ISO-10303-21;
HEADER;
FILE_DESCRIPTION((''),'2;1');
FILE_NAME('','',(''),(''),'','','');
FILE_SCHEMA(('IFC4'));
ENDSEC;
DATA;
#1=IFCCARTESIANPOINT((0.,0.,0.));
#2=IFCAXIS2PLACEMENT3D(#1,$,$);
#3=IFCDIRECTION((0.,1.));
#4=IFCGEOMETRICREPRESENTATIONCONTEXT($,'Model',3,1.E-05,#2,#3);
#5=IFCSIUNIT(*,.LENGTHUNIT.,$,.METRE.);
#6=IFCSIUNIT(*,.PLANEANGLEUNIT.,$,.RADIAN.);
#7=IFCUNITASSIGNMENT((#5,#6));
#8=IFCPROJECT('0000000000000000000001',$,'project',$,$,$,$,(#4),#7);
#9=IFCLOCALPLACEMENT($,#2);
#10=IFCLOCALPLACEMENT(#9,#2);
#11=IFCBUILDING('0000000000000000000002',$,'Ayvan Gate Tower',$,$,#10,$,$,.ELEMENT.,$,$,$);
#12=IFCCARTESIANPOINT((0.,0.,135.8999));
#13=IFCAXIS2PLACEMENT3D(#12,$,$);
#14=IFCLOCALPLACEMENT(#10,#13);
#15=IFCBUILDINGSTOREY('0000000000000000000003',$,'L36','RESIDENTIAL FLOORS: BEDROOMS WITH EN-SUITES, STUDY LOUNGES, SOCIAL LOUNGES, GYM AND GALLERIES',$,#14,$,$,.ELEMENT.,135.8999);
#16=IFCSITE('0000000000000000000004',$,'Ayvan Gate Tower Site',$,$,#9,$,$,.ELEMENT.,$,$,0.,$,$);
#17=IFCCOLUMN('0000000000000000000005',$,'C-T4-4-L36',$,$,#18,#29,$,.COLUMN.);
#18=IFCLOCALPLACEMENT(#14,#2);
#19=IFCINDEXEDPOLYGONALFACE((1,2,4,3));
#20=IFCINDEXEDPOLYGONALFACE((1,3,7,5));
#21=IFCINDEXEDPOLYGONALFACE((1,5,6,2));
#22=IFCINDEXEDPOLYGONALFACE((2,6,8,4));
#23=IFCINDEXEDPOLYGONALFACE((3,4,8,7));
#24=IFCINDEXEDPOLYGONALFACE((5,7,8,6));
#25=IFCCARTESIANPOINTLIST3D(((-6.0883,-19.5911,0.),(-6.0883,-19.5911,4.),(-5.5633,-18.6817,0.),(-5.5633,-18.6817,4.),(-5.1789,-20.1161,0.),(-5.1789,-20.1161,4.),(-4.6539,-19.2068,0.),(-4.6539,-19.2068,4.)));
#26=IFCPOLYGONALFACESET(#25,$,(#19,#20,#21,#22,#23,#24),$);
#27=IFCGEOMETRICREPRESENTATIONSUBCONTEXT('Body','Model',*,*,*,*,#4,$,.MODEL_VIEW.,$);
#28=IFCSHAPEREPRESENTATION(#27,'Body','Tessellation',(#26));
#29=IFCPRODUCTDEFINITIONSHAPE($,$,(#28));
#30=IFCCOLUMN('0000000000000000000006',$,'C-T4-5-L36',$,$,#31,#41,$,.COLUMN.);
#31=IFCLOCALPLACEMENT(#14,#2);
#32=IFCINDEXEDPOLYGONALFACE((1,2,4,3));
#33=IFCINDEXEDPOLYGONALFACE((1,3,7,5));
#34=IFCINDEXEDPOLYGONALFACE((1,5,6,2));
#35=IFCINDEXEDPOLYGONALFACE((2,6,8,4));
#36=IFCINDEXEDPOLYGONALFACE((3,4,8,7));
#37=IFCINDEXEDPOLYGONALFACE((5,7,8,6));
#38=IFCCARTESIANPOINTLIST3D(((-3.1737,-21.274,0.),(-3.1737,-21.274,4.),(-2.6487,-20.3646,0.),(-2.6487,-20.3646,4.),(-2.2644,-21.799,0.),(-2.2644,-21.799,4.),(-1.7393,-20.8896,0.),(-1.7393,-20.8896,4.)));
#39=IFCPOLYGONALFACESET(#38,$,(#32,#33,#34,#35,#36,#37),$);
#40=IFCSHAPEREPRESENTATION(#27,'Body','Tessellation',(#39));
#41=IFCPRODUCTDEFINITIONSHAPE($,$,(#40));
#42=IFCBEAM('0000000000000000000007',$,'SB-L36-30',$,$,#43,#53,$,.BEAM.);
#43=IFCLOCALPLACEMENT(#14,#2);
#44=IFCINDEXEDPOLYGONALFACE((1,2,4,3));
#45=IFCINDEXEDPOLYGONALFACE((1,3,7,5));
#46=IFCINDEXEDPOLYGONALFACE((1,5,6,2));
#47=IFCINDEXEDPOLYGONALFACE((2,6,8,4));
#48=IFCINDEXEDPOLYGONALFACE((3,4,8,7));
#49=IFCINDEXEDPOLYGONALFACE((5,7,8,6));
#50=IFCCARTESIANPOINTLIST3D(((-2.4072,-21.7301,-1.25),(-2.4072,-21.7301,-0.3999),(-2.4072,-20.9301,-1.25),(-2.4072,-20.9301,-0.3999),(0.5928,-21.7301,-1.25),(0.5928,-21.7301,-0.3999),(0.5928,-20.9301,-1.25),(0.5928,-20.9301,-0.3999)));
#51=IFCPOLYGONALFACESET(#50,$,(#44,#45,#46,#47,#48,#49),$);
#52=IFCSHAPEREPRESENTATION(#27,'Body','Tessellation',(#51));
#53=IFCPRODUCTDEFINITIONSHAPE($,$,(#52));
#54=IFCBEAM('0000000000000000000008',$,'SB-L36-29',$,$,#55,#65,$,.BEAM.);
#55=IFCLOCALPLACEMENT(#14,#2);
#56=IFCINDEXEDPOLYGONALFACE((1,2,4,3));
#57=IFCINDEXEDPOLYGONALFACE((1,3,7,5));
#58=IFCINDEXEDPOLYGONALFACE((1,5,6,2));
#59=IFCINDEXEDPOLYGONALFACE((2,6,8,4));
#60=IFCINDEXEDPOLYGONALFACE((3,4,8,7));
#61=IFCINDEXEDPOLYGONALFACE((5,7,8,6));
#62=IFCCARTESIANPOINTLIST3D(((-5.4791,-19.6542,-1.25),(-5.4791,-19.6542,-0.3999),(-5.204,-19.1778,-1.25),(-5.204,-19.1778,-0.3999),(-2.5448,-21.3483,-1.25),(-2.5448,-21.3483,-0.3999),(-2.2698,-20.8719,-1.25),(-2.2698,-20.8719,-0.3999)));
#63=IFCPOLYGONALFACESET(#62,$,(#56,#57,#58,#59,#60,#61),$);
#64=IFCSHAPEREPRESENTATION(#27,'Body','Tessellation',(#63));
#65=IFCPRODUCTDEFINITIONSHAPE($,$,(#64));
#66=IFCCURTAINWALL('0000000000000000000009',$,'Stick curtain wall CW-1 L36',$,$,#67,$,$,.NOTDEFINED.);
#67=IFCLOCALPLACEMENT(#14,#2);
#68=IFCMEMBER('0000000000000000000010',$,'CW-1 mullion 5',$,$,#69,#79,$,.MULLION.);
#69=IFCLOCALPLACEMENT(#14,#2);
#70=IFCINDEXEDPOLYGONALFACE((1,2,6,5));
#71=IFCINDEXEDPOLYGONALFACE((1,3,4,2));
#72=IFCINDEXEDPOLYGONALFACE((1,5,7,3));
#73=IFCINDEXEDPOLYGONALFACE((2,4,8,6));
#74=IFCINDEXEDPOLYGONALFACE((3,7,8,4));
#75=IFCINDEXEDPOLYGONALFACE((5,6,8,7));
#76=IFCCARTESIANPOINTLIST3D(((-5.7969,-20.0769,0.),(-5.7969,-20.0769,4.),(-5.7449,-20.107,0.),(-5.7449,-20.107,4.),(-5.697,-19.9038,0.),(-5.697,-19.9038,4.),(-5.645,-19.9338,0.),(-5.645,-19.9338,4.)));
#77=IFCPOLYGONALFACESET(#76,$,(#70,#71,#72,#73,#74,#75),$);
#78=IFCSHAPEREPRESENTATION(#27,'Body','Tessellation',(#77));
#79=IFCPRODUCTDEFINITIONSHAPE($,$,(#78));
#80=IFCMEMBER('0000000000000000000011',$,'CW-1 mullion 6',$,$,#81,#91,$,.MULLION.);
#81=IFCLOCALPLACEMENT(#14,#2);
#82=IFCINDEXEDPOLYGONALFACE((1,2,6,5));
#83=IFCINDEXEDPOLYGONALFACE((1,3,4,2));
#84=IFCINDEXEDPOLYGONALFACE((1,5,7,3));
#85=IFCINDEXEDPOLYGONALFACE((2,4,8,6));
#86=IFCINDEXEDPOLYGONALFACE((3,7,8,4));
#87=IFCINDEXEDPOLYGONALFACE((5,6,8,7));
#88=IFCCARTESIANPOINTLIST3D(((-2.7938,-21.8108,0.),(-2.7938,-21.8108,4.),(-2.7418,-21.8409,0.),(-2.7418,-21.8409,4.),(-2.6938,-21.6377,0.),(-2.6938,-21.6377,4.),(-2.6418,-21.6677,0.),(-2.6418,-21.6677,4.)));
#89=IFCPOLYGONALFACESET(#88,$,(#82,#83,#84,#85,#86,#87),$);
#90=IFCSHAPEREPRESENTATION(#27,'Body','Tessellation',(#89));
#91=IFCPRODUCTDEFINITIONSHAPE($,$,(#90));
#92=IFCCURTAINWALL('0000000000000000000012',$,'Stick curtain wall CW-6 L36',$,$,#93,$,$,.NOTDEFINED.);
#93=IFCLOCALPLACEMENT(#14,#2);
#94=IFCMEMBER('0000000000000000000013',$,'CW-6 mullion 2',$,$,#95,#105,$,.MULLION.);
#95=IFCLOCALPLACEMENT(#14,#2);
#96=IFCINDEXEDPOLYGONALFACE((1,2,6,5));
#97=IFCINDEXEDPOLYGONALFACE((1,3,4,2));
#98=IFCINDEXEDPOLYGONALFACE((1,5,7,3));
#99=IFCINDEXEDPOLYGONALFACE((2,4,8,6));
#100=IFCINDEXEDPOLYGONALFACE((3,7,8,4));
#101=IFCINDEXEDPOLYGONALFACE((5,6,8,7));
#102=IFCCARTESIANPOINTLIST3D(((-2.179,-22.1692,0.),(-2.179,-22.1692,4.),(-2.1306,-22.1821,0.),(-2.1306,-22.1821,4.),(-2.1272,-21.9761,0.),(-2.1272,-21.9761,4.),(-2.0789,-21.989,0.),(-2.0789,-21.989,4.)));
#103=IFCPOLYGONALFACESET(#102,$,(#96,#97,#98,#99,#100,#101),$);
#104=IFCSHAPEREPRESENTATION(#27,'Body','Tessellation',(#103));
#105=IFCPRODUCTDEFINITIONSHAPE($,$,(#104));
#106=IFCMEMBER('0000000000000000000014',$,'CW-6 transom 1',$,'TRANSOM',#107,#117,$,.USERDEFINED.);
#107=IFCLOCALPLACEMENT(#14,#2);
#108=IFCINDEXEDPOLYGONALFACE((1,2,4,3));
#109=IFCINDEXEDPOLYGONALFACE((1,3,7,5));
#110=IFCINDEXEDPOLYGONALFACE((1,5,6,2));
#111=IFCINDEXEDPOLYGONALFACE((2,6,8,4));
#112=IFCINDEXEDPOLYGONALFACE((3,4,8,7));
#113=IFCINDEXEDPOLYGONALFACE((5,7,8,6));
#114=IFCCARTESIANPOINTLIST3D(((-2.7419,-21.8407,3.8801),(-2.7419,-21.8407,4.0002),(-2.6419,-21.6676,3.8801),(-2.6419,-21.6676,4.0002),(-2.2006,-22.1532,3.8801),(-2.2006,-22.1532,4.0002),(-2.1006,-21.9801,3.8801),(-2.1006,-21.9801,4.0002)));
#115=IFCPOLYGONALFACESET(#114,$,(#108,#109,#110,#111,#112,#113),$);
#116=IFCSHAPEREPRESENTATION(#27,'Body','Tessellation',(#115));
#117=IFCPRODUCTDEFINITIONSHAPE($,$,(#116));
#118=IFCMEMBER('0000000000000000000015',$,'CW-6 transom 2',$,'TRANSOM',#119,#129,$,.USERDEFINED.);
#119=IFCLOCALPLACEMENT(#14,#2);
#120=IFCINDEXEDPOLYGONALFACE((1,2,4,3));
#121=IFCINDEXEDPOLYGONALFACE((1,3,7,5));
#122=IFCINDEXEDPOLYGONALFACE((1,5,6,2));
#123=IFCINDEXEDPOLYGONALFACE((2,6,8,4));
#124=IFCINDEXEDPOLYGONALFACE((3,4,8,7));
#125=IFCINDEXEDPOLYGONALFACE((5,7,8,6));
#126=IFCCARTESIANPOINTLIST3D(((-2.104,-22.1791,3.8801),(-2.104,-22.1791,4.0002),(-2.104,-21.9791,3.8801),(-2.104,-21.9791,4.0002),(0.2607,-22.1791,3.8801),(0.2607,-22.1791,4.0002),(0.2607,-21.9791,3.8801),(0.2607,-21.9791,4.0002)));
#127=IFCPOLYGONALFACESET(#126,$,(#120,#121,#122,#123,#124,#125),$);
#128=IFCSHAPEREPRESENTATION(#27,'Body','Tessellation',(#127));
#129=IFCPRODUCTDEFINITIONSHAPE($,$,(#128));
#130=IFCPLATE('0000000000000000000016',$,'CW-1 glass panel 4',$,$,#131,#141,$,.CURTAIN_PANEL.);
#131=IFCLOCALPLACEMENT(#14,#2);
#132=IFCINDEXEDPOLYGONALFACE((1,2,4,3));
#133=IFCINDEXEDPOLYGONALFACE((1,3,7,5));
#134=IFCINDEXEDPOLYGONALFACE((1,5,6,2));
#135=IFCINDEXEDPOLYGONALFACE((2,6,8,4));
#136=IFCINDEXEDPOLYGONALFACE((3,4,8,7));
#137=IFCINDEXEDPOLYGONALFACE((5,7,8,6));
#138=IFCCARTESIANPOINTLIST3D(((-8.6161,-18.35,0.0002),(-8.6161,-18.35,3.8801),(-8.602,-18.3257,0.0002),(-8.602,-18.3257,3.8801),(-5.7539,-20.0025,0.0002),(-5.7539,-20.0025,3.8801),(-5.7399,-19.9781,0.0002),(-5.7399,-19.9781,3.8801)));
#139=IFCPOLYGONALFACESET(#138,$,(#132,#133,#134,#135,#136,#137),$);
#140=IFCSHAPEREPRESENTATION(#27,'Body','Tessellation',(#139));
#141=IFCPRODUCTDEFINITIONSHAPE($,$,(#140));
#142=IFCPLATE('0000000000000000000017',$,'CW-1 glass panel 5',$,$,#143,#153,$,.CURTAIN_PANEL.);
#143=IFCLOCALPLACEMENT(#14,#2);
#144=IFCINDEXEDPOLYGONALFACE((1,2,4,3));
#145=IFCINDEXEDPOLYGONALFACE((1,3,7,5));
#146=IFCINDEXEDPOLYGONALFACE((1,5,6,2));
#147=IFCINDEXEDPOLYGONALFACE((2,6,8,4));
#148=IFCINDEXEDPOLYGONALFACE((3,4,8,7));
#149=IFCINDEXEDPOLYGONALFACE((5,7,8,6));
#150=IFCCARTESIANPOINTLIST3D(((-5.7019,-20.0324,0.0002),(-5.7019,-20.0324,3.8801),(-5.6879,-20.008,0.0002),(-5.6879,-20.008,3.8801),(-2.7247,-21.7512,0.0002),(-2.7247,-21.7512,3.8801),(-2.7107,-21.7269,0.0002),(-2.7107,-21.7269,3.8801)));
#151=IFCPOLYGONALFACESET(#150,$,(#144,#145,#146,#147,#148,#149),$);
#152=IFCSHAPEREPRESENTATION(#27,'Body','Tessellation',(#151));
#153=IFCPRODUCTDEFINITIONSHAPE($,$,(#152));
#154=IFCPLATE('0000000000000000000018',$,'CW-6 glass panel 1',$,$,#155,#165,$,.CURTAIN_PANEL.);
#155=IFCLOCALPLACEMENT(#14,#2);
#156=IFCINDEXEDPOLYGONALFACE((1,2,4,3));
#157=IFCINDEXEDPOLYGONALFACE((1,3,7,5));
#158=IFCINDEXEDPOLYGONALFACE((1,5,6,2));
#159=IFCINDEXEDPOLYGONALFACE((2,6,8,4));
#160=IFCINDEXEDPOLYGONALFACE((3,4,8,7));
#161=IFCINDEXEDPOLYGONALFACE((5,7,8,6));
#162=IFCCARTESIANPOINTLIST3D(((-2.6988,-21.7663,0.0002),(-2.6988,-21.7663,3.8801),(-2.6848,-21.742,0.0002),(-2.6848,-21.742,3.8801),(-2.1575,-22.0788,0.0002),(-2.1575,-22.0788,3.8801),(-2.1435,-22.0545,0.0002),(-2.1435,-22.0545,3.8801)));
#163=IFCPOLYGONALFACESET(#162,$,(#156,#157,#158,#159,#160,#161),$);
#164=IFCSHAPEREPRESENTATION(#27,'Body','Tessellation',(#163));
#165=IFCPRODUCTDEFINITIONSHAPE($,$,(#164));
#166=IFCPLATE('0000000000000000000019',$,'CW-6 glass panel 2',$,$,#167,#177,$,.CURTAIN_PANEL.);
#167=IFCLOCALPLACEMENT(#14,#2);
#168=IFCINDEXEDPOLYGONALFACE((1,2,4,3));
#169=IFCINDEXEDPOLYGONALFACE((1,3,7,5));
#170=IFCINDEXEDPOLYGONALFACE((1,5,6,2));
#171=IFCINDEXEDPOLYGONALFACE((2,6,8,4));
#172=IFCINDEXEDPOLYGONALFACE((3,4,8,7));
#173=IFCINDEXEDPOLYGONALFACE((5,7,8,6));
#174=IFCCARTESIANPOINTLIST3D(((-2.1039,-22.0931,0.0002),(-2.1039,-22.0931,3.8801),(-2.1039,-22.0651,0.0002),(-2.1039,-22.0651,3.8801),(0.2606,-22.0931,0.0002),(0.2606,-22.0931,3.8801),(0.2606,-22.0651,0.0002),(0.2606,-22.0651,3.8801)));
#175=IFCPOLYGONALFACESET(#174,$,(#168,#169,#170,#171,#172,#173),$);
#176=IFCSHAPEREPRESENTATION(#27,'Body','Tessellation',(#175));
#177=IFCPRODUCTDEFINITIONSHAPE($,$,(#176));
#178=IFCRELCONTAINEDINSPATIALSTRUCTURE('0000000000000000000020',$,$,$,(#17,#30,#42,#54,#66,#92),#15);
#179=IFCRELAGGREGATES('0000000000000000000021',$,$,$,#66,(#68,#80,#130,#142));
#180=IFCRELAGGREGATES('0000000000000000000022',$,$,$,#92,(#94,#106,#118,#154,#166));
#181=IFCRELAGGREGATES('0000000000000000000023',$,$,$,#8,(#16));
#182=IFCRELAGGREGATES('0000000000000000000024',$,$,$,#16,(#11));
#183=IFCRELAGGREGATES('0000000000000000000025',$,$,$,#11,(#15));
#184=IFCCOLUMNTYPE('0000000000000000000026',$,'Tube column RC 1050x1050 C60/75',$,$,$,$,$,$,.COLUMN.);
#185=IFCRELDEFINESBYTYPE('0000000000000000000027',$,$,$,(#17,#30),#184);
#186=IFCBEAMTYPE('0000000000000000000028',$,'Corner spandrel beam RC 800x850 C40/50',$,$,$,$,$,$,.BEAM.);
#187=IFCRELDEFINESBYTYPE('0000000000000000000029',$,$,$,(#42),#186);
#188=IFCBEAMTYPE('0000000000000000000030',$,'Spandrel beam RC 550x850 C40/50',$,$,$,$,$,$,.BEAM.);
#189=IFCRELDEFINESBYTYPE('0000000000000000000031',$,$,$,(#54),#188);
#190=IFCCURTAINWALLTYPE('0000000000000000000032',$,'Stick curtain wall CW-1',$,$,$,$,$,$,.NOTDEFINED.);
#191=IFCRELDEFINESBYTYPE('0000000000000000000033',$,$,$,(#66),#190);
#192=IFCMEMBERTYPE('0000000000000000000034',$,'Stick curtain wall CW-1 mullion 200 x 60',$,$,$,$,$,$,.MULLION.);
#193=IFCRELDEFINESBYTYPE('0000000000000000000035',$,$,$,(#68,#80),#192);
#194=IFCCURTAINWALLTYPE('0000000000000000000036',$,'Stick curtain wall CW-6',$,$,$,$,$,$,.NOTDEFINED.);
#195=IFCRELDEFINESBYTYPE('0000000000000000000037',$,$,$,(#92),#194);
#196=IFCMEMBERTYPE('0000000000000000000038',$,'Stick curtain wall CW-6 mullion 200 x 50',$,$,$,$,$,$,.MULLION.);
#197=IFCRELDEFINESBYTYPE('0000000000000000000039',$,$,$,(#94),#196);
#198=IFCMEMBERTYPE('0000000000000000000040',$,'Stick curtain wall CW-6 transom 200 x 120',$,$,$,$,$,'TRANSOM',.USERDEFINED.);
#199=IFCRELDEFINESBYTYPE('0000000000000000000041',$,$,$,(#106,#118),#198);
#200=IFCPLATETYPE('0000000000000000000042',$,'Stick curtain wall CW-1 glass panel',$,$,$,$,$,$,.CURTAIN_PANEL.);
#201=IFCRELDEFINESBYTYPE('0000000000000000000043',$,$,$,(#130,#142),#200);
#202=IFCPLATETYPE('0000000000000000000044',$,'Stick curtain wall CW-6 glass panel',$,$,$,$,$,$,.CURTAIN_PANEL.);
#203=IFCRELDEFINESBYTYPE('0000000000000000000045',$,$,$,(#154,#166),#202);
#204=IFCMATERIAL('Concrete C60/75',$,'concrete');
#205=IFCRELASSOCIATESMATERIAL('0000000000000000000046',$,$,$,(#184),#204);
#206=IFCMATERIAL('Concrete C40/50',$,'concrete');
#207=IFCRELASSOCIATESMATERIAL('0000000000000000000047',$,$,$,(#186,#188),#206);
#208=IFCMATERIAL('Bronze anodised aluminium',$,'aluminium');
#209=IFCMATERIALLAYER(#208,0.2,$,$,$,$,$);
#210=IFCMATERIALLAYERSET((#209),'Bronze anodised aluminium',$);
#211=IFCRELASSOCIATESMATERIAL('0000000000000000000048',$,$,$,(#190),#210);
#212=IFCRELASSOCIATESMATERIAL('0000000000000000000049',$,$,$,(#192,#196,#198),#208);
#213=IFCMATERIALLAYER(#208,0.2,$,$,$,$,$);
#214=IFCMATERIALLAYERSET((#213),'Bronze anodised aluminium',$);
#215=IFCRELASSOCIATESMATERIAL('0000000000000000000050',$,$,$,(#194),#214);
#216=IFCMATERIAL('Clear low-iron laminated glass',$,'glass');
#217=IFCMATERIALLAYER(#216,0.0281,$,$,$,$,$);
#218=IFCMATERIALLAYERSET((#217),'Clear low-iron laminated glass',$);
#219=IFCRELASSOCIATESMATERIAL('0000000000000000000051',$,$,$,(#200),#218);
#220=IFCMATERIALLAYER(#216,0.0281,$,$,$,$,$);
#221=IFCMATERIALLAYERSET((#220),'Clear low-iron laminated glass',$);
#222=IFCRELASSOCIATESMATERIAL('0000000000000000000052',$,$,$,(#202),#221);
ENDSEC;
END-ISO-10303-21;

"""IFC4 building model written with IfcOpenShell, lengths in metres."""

from ifc_helpers import new_model, si_unit, direction, frame, origin, origin_2d, place, context, subcontext, project, spatial, rectangle, extrude, material, layer, layer_set, material_profile, profile_set, type_object, element, aggregate, save


model = new_model("IFC4")

# Units and contexts
model_context = context("Model", 3, precision=1e-05, world=origin(), true_north=direction((0.0, 1.0)))
body_context = subcontext(model_context, "Body", "Model", "MODEL_VIEW")
ifc_project = project(units=[si_unit("LENGTHUNIT", "METRE"), si_unit("PLANEANGLEUNIT", "RADIAN")], contexts=[model_context])

# Site, building, storey
site_placement = place(None, origin())
site = spatial("IfcSite", under=ifc_project, at=site_placement, Name="Ayvan Gate Tower Site", CompositionType="ELEMENT", RefElevation=0.0)
building_placement = place(site_placement, origin())
building = spatial("IfcBuilding", under=site, at=building_placement, Name="Ayvan Gate Tower", CompositionType="ELEMENT")
storey_placement = place(building_placement, frame((0.0, 0.0, 135.8999)))
storey = spatial("IfcBuildingStorey", under=building, at=storey_placement, Name="L36", Description="RESIDENTIAL FLOORS: BEDROOMS WITH EN-SUITES, STUDY LOUNGES, SOCIAL LOUNGES, GYM AND GALLERIES", CompositionType="ELEMENT", Elevation=135.8999)

# Columns
ifc_material_1 = material(Name="Concrete C60/75", Category="concrete")
ifc_material_profile_1 = material_profile(ifc_material_1, rectangle(XDim=1.05, YDim=1.05, at=origin_2d()), Name="RC 1050x1050")
ifc_profile_set_1 = profile_set([ifc_material_profile_1], Name="Concrete C60/75")
column_type = type_object("IfcColumnType", Name="Tube column RC 1050x1050 C60/75", PredefinedType="COLUMN", material=ifc_profile_set_1)
for number, where, z_axis, x_axis, name in (
    (1, (-5.3711, -19.3989, 0.0), (0.0, 0.0, 1.0), (-0.5, -0.866025, 0.0), "C-T4-4-L36"),
    (2, (-2.4565, -21.0818, 0.0), (0.0, 0.0, 1.0), (-0.5, -0.866025, 0.0), "C-T4-5-L36"),
):
    element("IfcColumn", number, at=place(storey_placement, frame(where, z_axis=z_axis, x_axis=x_axis)), inside=storey, type_object=column_type, Name=name, PredefinedType="COLUMN", context=body_context, shape_type="SweptSolid", body=[
        extrude(rectangle(XDim=1.05, YDim=1.05, at=origin_2d()), origin(), (0.0, 0.0, 1.0), 4.0),
    ])

# Beams
ifc_material_2 = material(Name="Concrete C40/50", Category="concrete")
ifc_material_profile_2 = material_profile(ifc_material_2, rectangle(XDim=0.8, YDim=0.8501, at=origin_2d()), Name="RC 800x850")
ifc_profile_set_2 = profile_set([ifc_material_profile_2], Name="Concrete C40/50")
beam_type_1 = type_object("IfcBeamType", Name="Corner spandrel beam RC 800x850 C40/50", PredefinedType="BEAM", material=ifc_profile_set_2)
beam_1_placement = place(storey_placement, frame((-2.4072, -21.3301, -0.825), z_axis=(1.0, 0.0, 0.0), x_axis=(0.0, 1.0, 0.0)))
element("IfcBeam", 3, at=beam_1_placement, inside=storey, type_object=beam_type_1, Name="SB-L36-30", PredefinedType="BEAM", context=body_context, shape_type="SweptSolid", body=[
    extrude(rectangle(XDim=0.8, YDim=0.8501, at=origin_2d()), origin(), (0.0, 0.0, 1.0), 3.0),
])
ifc_material_profile_3 = material_profile(ifc_material_2, rectangle(XDim=0.55, YDim=0.8501, at=origin_2d()), Name="RC 550x850")
ifc_profile_set_3 = profile_set([ifc_material_profile_3], Name="Concrete C40/50")
beam_type_2 = type_object("IfcBeamType", Name="Spandrel beam RC 550x850 C40/50", PredefinedType="BEAM", material=ifc_profile_set_3)
beam_2_placement = place(storey_placement, frame((-5.3416, -19.416, -0.825), z_axis=(0.866031, -0.499991, 0.0), x_axis=(0.499991, 0.866031, 0.0)))
element("IfcBeam", 4, at=beam_2_placement, inside=storey, type_object=beam_type_2, Name="SB-L36-29", PredefinedType="BEAM", context=body_context, shape_type="SweptSolid", body=[
    extrude(rectangle(XDim=0.55, YDim=0.8501, at=origin_2d()), origin(), (0.0, 0.0, 1.0), 3.3882),
])

# Curtain walls, members
ifc_material_3 = material(Name="Bronze anodised aluminium", Category="aluminium")
ifc_layer_1 = layer(ifc_material_3, 0.2)
ifc_layer_set_1 = layer_set([ifc_layer_1], Name="Bronze anodised aluminium")
curtain_wall_type_1 = type_object("IfcCurtainWallType", Name="Stick curtain wall CW-1", PredefinedType="NOTDEFINED", material=ifc_layer_set_1)
curtain_wall_1_placement = place(storey_placement, origin())
curtain_wall_1 = element("IfcCurtainWall", 5, at=curtain_wall_1_placement, inside=storey, type_object=curtain_wall_type_1, Name="Stick curtain wall CW-1 L36", PredefinedType="NOTDEFINED")
ifc_material_profile_4 = material_profile(ifc_material_3, rectangle(XDim=0.2, YDim=0.0601, at=origin_2d()), Name="Stick curtain wall CW-1 mullion 200 x 60")
ifc_profile_set_4 = profile_set([ifc_material_profile_4], Name="Bronze anodised aluminium")
member_type_1 = type_object("IfcMemberType", Name="Stick curtain wall CW-1 mullion 200 x 60", PredefinedType="MULLION", material=ifc_profile_set_4)
member_1_placement = place(storey_placement, frame((-5.7209, -20.0054, 0.0), z_axis=(0.0, 0.0, 1.0), x_axis=(-0.5, -0.866025, 0.0)))
member_1 = element("IfcMember", 6, at=member_1_placement, type_object=member_type_1, Name="CW-1 mullion 5", PredefinedType="MULLION", context=body_context, shape_type="SweptSolid", body=[
    extrude(rectangle(XDim=0.2, YDim=0.0601, at=origin_2d()), origin(), (0.0, 0.0, 1.0), 4.0),
])
member_2_placement = place(storey_placement, frame((-2.7178, -21.7393, 0.0), z_axis=(0.0, 0.0, 1.0), x_axis=(-0.5, -0.866025, 0.0)))
member_2 = element("IfcMember", 7, at=member_2_placement, type_object=member_type_1, Name="CW-1 mullion 6", PredefinedType="MULLION", context=body_context, shape_type="SweptSolid", body=[
    extrude(rectangle(XDim=0.2, YDim=0.0601, at=origin_2d()), origin(), (0.0, 0.0, 1.0), 4.0),
])
ifc_layer_2 = layer(ifc_material_3, 0.2)
ifc_layer_set_2 = layer_set([ifc_layer_2], Name="Bronze anodised aluminium")
curtain_wall_type_2 = type_object("IfcCurtainWallType", Name="Stick curtain wall CW-6", PredefinedType="NOTDEFINED", material=ifc_layer_set_2)
curtain_wall_2_placement = place(storey_placement, origin())
curtain_wall_2 = element("IfcCurtainWall", 8, at=curtain_wall_2_placement, inside=storey, type_object=curtain_wall_type_2, Name="Stick curtain wall CW-6 L36", PredefinedType="NOTDEFINED")
ifc_material_profile_5 = material_profile(ifc_material_3, rectangle(XDim=0.2, YDim=0.05, at=origin_2d()), Name="Stick curtain wall CW-6 mullion 200 x 50")
ifc_profile_set_5 = profile_set([ifc_material_profile_5], Name="Bronze anodised aluminium")
member_type_2 = type_object("IfcMemberType", Name="Stick curtain wall CW-6 mullion 200 x 50", PredefinedType="MULLION", material=ifc_profile_set_5)
member_3_placement = place(storey_placement, frame((-2.1289, -22.0791, 0.0), z_axis=(0.0, 0.0, 1.0), x_axis=(-0.258819, -0.965926, 0.0)))
member_3 = element("IfcMember", 9, at=member_3_placement, type_object=member_type_2, Name="CW-6 mullion 2", PredefinedType="MULLION", context=body_context, shape_type="SweptSolid", body=[
    extrude(rectangle(XDim=0.2, YDim=0.05, at=origin_2d()), origin(), (0.0, 0.0, 1.0), 4.0),
])
ifc_material_profile_6 = material_profile(ifc_material_3, rectangle(XDim=0.2, YDim=0.1201, at=origin_2d()), Name="Stick curtain wall CW-6 transom 200 x 120")
ifc_profile_set_6 = profile_set([ifc_material_profile_6], Name="Bronze anodised aluminium")
member_type_3 = type_object("IfcMemberType", Name="Stick curtain wall CW-6 transom 200 x 120", ElementType="TRANSOM", PredefinedType="USERDEFINED", material=ifc_profile_set_6)
member_4_placement = place(storey_placement, frame((-2.6919, -21.7542, 3.9402), z_axis=(0.866023, -0.500004, 0.0), x_axis=(0.500004, 0.866023, 0.0)))
member_4 = element("IfcMember", 10, at=member_4_placement, type_object=member_type_3, Name="CW-6 transom 1", ObjectType="TRANSOM", PredefinedType="USERDEFINED", context=body_context, shape_type="SweptSolid", body=[
    extrude(rectangle(XDim=0.2, YDim=0.1201, at=origin_2d()), origin(), (0.0, 0.0, 1.0), 0.625),
])
member_5_placement = place(storey_placement, frame((-2.104, -22.0791, 3.9402), z_axis=(1.0, 0.0, 0.0), x_axis=(0.0, 1.0, 0.0)))
member_5 = element("IfcMember", 11, at=member_5_placement, type_object=member_type_3, Name="CW-6 transom 2", ObjectType="TRANSOM", PredefinedType="USERDEFINED", context=body_context, shape_type="SweptSolid", body=[
    extrude(rectangle(XDim=0.2, YDim=0.1201, at=origin_2d()), origin(), (0.0, 0.0, 1.0), 2.3647),
])

# Plates
ifc_material_4 = material(Name="Clear low-iron laminated glass", Category="glass")
ifc_layer_3 = layer(ifc_material_4, 0.0281)
ifc_layer_set_3 = layer_set([ifc_layer_3], Name="Clear low-iron laminated glass")
plate_type_1 = type_object("IfcPlateType", Name="Stick curtain wall CW-1 glass panel", PredefinedType="CURTAIN_PANEL", material=ifc_layer_set_3)
plate_1_placement = place(storey_placement, frame((-7.178, -19.1641, 0.0002), z_axis=(0.0, 0.0, 1.0), x_axis=(0.866025, -0.5, 0.0)))
plate_1 = element("IfcPlate", 12, at=plate_1_placement, type_object=plate_type_1, Name="CW-1 glass panel 4", PredefinedType="CURTAIN_PANEL", context=body_context, shape_type="SweptSolid", body=[
    extrude(rectangle(XDim=3.3049, YDim=0.0281, at=origin_2d()), origin(), (0.0, 0.0, 1.0), 3.8799),
])
plate_2_placement = place(storey_placement, frame((-4.2063, -20.8796, 0.0002), z_axis=(0.0, 0.0, 1.0), x_axis=(0.866025, -0.5, 0.0)))
plate_2 = element("IfcPlate", 13, at=plate_2_placement, type_object=plate_type_1, Name="CW-1 glass panel 5", PredefinedType="CURTAIN_PANEL", context=body_context, shape_type="SweptSolid", body=[
    extrude(rectangle(XDim=3.4377, YDim=0.0281, at=origin_2d()), origin(), (0.0, 0.0, 1.0), 3.8799),
])
aggregate(curtain_wall_1, [member_1, member_2, plate_1, plate_2])
ifc_layer_4 = layer(ifc_material_4, 0.0281)
ifc_layer_set_4 = layer_set([ifc_layer_4], Name="Clear low-iron laminated glass")
plate_type_2 = type_object("IfcPlateType", Name="Stick curtain wall CW-6 glass panel", PredefinedType="CURTAIN_PANEL", material=ifc_layer_set_4)
plate_3_placement = place(storey_placement, frame((-2.4211, -21.9104, 0.0002), z_axis=(0.0, 0.0, 1.0), x_axis=(0.866025, -0.5, 0.0)))
plate_3 = element("IfcPlate", 14, at=plate_3_placement, type_object=plate_type_2, Name="CW-6 glass panel 1", PredefinedType="CURTAIN_PANEL", context=body_context, shape_type="SweptSolid", body=[
    extrude(rectangle(XDim=0.625, YDim=0.0281, at=origin_2d()), origin(), (0.0, 0.0, 1.0), 3.8799),
])
plate_4_placement = place(storey_placement, frame((-0.9216, -22.0791, 0.0002), z_axis=(0.0, 0.0, 1.0), x_axis=(1.0, 0.0, 0.0)))
plate_4 = element("IfcPlate", 15, at=plate_4_placement, type_object=plate_type_2, Name="CW-6 glass panel 2", PredefinedType="CURTAIN_PANEL", context=body_context, shape_type="SweptSolid", body=[
    extrude(rectangle(XDim=2.3645, YDim=0.0281, at=origin_2d()), origin(), (0.0, 0.0, 1.0), 3.8799),
])
aggregate(curtain_wall_2, [member_3, member_4, member_5, plate_3, plate_4])

save(model, "model.ifc")
